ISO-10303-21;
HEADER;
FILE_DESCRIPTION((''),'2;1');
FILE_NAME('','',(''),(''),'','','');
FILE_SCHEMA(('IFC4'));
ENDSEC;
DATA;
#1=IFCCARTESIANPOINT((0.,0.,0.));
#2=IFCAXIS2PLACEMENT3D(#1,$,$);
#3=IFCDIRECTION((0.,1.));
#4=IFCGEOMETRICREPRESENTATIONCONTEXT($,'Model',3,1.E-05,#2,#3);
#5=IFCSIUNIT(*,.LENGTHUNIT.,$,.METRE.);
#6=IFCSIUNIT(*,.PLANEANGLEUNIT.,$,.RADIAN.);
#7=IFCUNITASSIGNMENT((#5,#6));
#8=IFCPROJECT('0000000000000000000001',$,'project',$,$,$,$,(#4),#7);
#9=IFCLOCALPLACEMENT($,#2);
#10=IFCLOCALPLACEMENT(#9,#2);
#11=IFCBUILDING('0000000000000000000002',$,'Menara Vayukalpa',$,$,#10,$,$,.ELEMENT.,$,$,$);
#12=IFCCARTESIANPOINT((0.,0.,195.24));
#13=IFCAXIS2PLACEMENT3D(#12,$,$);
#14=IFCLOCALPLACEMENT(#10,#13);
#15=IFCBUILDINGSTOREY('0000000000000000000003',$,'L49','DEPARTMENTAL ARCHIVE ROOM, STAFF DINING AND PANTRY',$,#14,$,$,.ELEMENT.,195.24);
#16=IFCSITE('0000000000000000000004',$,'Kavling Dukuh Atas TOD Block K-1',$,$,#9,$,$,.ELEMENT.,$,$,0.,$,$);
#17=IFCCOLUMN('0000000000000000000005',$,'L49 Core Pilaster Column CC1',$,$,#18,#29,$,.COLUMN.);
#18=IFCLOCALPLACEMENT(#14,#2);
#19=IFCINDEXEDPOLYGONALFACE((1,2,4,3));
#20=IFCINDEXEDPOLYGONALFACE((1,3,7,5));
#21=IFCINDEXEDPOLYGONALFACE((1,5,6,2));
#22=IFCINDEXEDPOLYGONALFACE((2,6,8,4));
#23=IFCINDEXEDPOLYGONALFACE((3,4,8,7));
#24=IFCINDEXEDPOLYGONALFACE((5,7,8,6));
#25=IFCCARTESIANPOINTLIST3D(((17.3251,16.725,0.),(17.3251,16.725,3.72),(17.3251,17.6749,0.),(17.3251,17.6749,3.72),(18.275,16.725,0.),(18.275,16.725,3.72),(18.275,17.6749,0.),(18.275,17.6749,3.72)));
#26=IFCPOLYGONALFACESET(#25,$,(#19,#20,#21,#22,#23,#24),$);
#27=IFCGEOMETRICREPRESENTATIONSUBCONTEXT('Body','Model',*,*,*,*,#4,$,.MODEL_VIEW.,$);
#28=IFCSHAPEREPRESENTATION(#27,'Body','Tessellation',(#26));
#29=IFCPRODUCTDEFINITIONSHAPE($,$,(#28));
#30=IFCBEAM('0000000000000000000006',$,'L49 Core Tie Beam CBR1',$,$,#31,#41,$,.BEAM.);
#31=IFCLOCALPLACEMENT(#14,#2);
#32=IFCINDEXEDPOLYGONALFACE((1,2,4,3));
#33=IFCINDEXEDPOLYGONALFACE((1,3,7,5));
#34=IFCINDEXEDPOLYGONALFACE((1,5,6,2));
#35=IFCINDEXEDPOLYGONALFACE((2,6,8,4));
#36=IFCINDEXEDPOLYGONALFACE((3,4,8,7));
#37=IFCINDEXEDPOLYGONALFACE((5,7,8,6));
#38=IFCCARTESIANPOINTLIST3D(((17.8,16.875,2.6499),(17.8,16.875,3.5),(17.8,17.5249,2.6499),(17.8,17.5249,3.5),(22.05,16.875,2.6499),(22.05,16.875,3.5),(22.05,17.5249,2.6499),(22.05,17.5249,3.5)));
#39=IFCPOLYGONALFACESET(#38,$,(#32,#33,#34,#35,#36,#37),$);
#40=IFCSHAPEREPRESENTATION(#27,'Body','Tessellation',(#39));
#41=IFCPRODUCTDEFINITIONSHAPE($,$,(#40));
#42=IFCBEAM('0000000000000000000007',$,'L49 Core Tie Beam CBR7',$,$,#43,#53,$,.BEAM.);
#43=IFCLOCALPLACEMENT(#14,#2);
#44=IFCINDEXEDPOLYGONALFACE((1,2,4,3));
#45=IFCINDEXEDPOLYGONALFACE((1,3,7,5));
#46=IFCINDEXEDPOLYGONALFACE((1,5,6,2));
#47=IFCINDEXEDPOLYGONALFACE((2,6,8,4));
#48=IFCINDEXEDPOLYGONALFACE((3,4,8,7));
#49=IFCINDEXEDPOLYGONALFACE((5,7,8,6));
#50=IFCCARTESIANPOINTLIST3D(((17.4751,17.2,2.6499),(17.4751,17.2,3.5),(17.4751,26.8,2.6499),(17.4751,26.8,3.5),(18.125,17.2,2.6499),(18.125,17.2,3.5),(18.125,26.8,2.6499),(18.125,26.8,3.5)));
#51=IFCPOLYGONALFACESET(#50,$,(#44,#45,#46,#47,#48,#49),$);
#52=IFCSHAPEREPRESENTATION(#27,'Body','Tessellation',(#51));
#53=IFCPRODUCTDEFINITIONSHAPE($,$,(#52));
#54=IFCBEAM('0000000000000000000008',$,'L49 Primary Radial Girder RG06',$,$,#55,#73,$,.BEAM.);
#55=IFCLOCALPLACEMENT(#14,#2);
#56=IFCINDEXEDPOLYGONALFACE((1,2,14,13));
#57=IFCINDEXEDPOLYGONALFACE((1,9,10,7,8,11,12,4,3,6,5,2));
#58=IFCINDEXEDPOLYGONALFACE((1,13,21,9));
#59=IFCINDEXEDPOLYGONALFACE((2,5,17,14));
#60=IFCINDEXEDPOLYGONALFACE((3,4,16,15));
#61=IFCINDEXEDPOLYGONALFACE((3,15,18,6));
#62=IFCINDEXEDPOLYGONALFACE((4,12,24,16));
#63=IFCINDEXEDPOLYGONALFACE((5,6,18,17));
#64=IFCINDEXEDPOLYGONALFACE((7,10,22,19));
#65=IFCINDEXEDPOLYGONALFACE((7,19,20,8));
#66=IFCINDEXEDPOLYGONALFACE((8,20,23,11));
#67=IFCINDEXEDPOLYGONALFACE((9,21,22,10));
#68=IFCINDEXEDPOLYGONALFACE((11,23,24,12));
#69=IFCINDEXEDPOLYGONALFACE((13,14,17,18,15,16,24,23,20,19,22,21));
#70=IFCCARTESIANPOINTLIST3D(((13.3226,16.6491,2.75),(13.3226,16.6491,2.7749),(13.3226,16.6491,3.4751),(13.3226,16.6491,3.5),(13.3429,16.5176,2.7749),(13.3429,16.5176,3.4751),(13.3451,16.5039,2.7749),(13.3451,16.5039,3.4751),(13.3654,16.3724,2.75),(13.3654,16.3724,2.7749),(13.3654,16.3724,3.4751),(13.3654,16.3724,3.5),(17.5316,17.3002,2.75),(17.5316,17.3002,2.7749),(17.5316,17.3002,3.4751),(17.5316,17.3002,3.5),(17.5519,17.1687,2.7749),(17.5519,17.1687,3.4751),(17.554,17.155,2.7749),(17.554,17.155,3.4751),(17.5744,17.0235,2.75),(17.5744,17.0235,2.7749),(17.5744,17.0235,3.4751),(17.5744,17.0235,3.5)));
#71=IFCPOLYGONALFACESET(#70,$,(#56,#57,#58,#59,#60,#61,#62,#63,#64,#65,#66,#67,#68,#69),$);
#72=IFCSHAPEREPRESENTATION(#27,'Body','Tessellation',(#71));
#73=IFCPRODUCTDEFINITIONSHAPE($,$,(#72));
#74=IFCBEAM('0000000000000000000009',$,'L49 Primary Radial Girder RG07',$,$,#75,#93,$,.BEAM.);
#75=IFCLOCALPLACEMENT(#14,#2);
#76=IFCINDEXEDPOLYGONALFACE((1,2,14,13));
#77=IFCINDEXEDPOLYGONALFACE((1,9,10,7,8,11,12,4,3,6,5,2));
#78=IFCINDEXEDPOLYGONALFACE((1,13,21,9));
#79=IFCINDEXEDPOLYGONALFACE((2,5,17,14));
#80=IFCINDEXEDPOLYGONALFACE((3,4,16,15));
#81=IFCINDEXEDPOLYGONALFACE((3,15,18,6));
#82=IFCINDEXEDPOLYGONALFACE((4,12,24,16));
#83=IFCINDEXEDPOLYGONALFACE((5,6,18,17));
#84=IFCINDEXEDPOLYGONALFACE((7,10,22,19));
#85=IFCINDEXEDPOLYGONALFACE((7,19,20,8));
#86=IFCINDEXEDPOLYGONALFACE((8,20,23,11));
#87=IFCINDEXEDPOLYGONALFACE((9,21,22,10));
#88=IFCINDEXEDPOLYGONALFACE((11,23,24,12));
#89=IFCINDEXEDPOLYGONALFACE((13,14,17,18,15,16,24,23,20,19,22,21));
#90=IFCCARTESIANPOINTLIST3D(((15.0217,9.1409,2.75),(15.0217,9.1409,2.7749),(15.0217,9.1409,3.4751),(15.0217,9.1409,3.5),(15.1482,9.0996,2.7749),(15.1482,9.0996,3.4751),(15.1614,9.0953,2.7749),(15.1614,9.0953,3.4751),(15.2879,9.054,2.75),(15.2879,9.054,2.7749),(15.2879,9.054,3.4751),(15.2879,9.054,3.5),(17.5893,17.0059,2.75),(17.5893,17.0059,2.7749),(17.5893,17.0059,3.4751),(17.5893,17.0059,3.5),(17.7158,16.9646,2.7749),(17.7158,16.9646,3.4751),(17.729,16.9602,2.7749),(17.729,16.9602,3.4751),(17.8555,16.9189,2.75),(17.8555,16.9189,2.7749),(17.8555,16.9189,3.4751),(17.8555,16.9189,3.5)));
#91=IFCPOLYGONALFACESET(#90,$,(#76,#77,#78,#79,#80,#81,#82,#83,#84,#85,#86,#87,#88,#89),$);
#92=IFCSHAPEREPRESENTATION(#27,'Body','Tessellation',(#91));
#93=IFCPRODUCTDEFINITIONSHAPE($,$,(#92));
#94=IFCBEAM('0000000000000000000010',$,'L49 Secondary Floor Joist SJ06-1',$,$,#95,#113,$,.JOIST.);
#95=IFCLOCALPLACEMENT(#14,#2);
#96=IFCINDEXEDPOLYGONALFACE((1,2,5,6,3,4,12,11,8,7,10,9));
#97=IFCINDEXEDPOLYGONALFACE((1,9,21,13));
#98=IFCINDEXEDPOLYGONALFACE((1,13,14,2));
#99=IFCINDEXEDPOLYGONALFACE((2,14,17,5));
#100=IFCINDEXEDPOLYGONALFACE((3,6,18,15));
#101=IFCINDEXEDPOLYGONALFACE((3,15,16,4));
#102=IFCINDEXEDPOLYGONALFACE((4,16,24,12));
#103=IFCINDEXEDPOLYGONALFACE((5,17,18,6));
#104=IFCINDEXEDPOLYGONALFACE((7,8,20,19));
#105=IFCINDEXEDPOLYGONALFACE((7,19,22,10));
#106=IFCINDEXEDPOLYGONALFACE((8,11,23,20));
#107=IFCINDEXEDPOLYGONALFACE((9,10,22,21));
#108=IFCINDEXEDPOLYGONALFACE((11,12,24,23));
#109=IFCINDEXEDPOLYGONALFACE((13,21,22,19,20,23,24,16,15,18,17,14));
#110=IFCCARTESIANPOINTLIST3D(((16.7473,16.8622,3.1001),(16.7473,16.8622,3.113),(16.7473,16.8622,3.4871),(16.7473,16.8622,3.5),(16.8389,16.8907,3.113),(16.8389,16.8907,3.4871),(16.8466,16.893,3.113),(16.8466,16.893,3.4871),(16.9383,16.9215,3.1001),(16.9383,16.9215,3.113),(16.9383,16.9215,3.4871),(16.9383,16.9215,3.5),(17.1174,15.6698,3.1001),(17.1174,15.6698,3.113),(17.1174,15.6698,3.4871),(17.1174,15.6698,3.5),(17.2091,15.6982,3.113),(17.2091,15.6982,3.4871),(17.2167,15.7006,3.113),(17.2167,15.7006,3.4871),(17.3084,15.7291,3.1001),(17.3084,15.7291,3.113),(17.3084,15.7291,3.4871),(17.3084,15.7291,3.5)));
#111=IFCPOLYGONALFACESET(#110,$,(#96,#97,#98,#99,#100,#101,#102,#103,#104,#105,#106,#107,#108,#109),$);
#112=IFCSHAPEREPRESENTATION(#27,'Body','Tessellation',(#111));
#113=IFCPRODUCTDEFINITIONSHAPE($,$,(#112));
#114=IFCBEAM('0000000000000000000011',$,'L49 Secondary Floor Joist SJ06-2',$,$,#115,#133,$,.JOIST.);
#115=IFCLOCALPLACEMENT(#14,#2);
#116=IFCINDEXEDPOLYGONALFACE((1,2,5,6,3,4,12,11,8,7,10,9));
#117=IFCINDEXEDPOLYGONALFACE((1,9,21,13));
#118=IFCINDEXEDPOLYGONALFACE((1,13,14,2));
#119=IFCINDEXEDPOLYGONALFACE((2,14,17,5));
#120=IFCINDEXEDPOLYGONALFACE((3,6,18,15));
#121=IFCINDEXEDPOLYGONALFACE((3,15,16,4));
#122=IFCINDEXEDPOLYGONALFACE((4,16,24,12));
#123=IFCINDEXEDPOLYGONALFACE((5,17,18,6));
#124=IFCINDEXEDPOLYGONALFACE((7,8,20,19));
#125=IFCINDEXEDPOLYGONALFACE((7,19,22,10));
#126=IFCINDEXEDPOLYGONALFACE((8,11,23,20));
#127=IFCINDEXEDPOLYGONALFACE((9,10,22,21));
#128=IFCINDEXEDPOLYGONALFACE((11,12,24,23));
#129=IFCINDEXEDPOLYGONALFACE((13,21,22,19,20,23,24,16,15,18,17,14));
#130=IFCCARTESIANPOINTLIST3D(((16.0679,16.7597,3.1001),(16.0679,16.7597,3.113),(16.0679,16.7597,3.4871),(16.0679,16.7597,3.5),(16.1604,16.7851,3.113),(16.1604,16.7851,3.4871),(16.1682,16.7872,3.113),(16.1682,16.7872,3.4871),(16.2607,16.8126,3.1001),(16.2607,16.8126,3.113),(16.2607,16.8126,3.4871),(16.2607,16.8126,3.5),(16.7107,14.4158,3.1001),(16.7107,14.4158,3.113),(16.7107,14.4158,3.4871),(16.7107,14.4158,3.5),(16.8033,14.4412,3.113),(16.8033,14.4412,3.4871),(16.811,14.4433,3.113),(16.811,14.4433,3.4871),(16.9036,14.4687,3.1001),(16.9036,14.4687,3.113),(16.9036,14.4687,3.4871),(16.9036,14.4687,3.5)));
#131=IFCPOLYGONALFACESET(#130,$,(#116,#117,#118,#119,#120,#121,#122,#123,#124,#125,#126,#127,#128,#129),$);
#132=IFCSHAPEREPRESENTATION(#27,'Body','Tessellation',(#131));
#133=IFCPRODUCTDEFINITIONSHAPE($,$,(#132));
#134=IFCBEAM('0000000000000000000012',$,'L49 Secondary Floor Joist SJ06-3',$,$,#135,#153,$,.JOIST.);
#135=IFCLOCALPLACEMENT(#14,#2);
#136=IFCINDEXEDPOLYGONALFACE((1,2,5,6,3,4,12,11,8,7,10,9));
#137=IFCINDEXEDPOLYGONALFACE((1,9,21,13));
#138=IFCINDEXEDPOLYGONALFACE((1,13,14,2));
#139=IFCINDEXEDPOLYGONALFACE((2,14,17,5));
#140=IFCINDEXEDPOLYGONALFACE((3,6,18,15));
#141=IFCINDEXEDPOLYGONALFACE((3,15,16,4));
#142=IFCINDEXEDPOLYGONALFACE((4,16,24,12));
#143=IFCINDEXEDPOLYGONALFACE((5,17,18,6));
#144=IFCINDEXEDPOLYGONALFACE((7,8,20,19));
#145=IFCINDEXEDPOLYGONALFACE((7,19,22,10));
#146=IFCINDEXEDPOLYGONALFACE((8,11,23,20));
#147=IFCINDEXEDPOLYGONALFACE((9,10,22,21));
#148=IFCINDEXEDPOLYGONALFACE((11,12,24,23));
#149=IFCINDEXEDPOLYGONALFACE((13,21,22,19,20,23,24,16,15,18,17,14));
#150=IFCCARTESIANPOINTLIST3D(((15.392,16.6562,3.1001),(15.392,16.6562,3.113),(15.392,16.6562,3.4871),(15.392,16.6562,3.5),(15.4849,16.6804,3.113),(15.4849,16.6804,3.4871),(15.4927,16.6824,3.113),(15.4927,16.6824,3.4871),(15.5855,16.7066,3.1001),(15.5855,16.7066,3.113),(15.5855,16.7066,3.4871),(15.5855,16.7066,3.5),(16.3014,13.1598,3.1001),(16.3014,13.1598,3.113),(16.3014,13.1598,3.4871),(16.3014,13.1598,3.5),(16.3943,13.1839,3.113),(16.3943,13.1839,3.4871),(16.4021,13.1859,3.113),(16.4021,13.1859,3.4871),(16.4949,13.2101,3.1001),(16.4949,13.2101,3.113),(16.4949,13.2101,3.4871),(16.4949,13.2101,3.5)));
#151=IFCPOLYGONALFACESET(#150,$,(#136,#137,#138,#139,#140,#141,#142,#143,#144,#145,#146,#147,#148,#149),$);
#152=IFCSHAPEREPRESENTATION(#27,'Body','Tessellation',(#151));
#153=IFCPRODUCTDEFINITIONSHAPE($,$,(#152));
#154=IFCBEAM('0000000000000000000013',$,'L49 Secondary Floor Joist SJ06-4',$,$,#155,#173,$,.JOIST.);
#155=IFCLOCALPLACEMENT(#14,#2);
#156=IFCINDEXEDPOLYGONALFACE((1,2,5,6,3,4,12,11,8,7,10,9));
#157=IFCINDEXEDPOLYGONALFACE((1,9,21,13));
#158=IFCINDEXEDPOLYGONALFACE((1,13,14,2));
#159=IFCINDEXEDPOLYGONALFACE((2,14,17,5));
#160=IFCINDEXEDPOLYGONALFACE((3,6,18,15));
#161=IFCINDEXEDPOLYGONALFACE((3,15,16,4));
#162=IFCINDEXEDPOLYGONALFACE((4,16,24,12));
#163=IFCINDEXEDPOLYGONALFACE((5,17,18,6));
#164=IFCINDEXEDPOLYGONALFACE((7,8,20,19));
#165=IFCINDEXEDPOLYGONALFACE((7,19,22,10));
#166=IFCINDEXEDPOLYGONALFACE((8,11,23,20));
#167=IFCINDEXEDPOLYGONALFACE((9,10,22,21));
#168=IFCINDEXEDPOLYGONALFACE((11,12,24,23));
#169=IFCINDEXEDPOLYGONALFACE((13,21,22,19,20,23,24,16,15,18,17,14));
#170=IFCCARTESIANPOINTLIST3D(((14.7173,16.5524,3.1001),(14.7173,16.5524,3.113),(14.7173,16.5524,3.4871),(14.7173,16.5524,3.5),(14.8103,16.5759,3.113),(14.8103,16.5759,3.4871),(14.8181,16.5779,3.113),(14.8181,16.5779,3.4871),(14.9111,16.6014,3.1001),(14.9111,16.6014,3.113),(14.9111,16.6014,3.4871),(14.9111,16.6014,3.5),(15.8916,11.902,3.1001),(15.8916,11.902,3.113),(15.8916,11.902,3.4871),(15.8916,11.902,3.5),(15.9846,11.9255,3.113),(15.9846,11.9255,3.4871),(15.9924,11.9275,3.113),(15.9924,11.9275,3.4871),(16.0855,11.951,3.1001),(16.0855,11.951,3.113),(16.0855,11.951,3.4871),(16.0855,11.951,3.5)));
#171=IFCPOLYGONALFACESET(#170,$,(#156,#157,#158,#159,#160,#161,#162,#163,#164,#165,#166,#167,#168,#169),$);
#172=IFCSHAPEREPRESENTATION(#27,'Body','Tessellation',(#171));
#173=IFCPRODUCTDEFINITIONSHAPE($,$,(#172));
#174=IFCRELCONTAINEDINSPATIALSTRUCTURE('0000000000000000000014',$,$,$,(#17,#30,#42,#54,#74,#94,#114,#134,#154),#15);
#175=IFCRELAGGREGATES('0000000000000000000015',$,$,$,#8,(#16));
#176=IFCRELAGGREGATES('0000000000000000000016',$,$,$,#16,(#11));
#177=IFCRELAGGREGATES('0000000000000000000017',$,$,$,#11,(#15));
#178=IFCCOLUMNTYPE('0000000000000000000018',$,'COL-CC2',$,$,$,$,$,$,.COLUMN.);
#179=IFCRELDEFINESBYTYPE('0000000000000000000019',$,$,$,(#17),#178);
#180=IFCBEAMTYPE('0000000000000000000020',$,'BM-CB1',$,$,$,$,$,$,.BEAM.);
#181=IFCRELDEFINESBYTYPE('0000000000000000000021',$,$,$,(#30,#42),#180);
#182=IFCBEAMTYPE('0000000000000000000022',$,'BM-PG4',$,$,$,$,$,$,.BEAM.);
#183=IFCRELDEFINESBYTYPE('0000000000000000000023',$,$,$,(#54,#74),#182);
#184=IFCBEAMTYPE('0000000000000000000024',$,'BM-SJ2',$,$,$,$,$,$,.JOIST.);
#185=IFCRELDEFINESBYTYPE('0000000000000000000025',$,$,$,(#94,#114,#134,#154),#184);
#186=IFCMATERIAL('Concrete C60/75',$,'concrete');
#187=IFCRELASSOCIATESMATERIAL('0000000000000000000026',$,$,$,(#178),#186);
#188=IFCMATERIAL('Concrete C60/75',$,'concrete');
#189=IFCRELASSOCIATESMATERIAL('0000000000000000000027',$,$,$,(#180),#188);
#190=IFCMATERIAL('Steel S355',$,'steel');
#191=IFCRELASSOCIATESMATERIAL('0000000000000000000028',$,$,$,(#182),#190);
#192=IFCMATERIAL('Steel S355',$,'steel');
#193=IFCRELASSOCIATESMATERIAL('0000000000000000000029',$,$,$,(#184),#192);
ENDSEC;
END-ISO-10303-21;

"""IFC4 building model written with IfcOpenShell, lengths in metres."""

from ifc_helpers import new_model, si_unit, direction, frame, origin, origin_2d, place, context, subcontext, project, spatial, rectangle, i_section, extrude, material, material_profile, profile_set, type_object, element, save


model = new_model("IFC4")

# Units and contexts
model_context = context("Model", 3, precision=1e-05, world=origin(), true_north=direction((0.0, 1.0)))
body_context = subcontext(model_context, "Body", "Model", "MODEL_VIEW")
ifc_project = project(units=[si_unit("LENGTHUNIT", "METRE"), si_unit("PLANEANGLEUNIT", "RADIAN")], contexts=[model_context])

# Site, building, storey
site_placement = place(None, origin())
site = spatial("IfcSite", under=ifc_project, at=site_placement, Name="Kavling Dukuh Atas TOD Block K-1", CompositionType="ELEMENT", RefElevation=0.0)
building_placement = place(site_placement, origin())
building = spatial("IfcBuilding", under=site, at=building_placement, Name="Menara Vayukalpa", CompositionType="ELEMENT")
storey_placement = place(building_placement, frame((0.0, 0.0, 195.24)))
storey = spatial("IfcBuildingStorey", under=building, at=storey_placement, Name="L49", Description="DEPARTMENTAL ARCHIVE ROOM, STAFF DINING AND PANTRY", CompositionType="ELEMENT", Elevation=195.24)

# Column
ifc_material_1 = material(Name="Concrete C60/75", Category="concrete")
ifc_material_profile_1 = material_profile(ifc_material_1, rectangle(XDim=0.95, YDim=0.95, at=origin_2d()), Name="RC 950x950")
ifc_profile_set_1 = profile_set([ifc_material_profile_1], Name="Concrete C60/75")
column_type = type_object("IfcColumnType", Name="COL-CC2", PredefinedType="COLUMN", material=ifc_profile_set_1)
column_placement = place(storey_placement, frame((17.8, 17.2, 0.0), z_axis=(0.0, 0.0, 1.0), x_axis=(1.0, 0.0, 0.0)))
element("IfcColumn", 1, at=column_placement, inside=storey, type_object=column_type, Name="L49 Core Pilaster Column CC1", PredefinedType="COLUMN", context=body_context, shape_type="SweptSolid", body=[
    extrude(rectangle(XDim=0.95, YDim=0.95, at=origin_2d()), origin(), (0.0, 0.0, 1.0), 3.72),
])

# Beams
ifc_material_2 = material(Name="Concrete C60/75", Category="concrete")
ifc_material_profile_2 = material_profile(ifc_material_2, rectangle(XDim=0.6499, YDim=0.8501, at=origin_2d()), Name="RC 650x850")
ifc_profile_set_2 = profile_set([ifc_material_profile_2], Name="Concrete C60/75")
beam_type_1 = type_object("IfcBeamType", Name="BM-CB1", PredefinedType="BEAM", material=ifc_profile_set_2)
beam_1_placement = place(storey_placement, frame((17.8, 17.2, 3.075), z_axis=(1.0, 0.0, 0.0), x_axis=(0.0, 1.0, 0.0)))
element("IfcBeam", 2, at=beam_1_placement, inside=storey, type_object=beam_type_1, Name="L49 Core Tie Beam CBR1", PredefinedType="BEAM", context=body_context, shape_type="SweptSolid", body=[
    extrude(rectangle(XDim=0.6499, YDim=0.8501, at=origin_2d()), origin(), (0.0, 0.0, 1.0), 4.25),
])
beam_2_placement = place(storey_placement, frame((17.8, 17.2, 3.075), z_axis=(0.0, 1.0, 0.0), x_axis=(-1.0, 0.0, 0.0)))
element("IfcBeam", 3, at=beam_2_placement, inside=storey, type_object=beam_type_1, Name="L49 Core Tie Beam CBR7", PredefinedType="BEAM", context=body_context, shape_type="SweptSolid", body=[
    extrude(rectangle(XDim=0.6499, YDim=0.8501, at=origin_2d()), origin(), (0.0, 0.0, 1.0), 9.6001),
])
ifc_material_3 = material(Name="Steel S355", Category="steel")
ifc_material_profile_3 = material_profile(ifc_material_3, i_section(OverallWidth=0.28, OverallDepth=0.75, WebThickness=0.0139, FlangeThickness=0.0249, at=origin_2d()), Name="WF 750x280x14x25")
ifc_profile_set_3 = profile_set([ifc_material_profile_3], Name="Steel S355")
beam_type_2 = type_object("IfcBeamType", Name="BM-PG4", PredefinedType="BEAM", material=ifc_profile_set_3)
beam_3_placement = place(storey_placement, frame((17.553, 17.1619, 3.125), z_axis=(-0.988245, -0.15288, 0.0), x_axis=(0.15288, -0.988245, 0.0)))
element("IfcBeam", 4, at=beam_3_placement, inside=storey, type_object=beam_type_2, Name="L49 Primary Radial Girder RG06", PredefinedType="BEAM", context=body_context, shape_type="SweptSolid", body=[
    extrude(i_section(OverallWidth=0.28, OverallDepth=0.75, WebThickness=0.0139, FlangeThickness=0.0249, at=origin_2d()), origin(), (0.0, 0.0, 1.0), 4.259),
])
beam_4_placement = place(storey_placement, frame((17.7224, 16.9624, 3.125), z_axis=(-0.310344, -0.950624, 0.0), x_axis=(0.950624, -0.310344, 0.0)))
element("IfcBeam", 5, at=beam_4_placement, inside=storey, type_object=beam_type_2, Name="L49 Primary Radial Girder RG07", PredefinedType="BEAM", context=body_context, shape_type="SweptSolid", body=[
    extrude(i_section(OverallWidth=0.28, OverallDepth=0.75, WebThickness=0.0139, FlangeThickness=0.0249, at=origin_2d()), origin(), (0.0, 0.0, 1.0), 8.2734),
])
ifc_material_4 = material(Name="Steel S355", Category="steel")
ifc_material_profile_4 = material_profile(ifc_material_4, i_section(OverallWidth=0.2, OverallDepth=0.3999, WebThickness=0.0081, FlangeThickness=0.0129, at=origin_2d()), Name="WF 400x200x8x13")
ifc_profile_set_4 = profile_set([ifc_material_profile_4], Name="Steel S355")
beam_type_3 = type_object("IfcBeamType", Name="BM-SJ2", PredefinedType="JOIST", material=ifc_profile_set_4)
beam_5_placement = place(storey_placement, frame((16.8428, 16.8918, 3.3), z_axis=(0.296448, -0.955049, 0.0), x_axis=(0.955049, 0.296448, 0.0)))
element("IfcBeam", 6, at=beam_5_placement, inside=storey, type_object=beam_type_3, Name="L49 Secondary Floor Joist SJ06-1", PredefinedType="JOIST", context=body_context, shape_type="SweptSolid", body=[
    extrude(i_section(OverallWidth=0.2, OverallDepth=0.3999, WebThickness=0.0081, FlangeThickness=0.0129, at=origin_2d()), origin(), (0.0, 0.0, 1.0), 1.2485),
])
beam_6_placement = place(storey_placement, frame((16.1643, 16.7861, 3.3), z_axis=(0.264503, -0.964385, 0.0), x_axis=(0.964385, 0.264503, 0.0)))
element("IfcBeam", 7, at=beam_6_placement, inside=storey, type_object=beam_type_3, Name="L49 Secondary Floor Joist SJ06-2", PredefinedType="JOIST", context=body_context, shape_type="SweptSolid", body=[
    extrude(i_section(OverallWidth=0.2, OverallDepth=0.3999, WebThickness=0.0081, FlangeThickness=0.0129, at=origin_2d()), origin(), (0.0, 0.0, 1.0), 2.4304),
])
beam_7_placement = place(storey_placement, frame((15.4888, 16.6814, 3.3), z_axis=(0.251715, -0.967801, 0.0), x_axis=(0.967801, 0.251715, 0.0)))
element("IfcBeam", 8, at=beam_7_placement, inside=storey, type_object=beam_type_3, Name="L49 Secondary Floor Joist SJ06-3", PredefinedType="JOIST", context=body_context, shape_type="SweptSolid", body=[
    extrude(i_section(OverallWidth=0.2, OverallDepth=0.3999, WebThickness=0.0081, FlangeThickness=0.0129, at=origin_2d()), origin(), (0.0, 0.0, 1.0), 3.6128),
])
beam_8_placement = place(storey_placement, frame((14.8142, 16.5769, 3.3), z_axis=(0.244834, -0.969565, 0.0), x_axis=(0.969565, 0.244834, 0.0)))
element("IfcBeam", 9, at=beam_8_placement, inside=storey, type_object=beam_type_3, Name="L49 Secondary Floor Joist SJ06-4", PredefinedType="JOIST", context=body_context, shape_type="SweptSolid", body=[
    extrude(i_section(OverallWidth=0.2, OverallDepth=0.3999, WebThickness=0.0081, FlangeThickness=0.0129, at=origin_2d()), origin(), (0.0, 0.0, 1.0), 4.7964),
])

save(model, "model.ifc")
